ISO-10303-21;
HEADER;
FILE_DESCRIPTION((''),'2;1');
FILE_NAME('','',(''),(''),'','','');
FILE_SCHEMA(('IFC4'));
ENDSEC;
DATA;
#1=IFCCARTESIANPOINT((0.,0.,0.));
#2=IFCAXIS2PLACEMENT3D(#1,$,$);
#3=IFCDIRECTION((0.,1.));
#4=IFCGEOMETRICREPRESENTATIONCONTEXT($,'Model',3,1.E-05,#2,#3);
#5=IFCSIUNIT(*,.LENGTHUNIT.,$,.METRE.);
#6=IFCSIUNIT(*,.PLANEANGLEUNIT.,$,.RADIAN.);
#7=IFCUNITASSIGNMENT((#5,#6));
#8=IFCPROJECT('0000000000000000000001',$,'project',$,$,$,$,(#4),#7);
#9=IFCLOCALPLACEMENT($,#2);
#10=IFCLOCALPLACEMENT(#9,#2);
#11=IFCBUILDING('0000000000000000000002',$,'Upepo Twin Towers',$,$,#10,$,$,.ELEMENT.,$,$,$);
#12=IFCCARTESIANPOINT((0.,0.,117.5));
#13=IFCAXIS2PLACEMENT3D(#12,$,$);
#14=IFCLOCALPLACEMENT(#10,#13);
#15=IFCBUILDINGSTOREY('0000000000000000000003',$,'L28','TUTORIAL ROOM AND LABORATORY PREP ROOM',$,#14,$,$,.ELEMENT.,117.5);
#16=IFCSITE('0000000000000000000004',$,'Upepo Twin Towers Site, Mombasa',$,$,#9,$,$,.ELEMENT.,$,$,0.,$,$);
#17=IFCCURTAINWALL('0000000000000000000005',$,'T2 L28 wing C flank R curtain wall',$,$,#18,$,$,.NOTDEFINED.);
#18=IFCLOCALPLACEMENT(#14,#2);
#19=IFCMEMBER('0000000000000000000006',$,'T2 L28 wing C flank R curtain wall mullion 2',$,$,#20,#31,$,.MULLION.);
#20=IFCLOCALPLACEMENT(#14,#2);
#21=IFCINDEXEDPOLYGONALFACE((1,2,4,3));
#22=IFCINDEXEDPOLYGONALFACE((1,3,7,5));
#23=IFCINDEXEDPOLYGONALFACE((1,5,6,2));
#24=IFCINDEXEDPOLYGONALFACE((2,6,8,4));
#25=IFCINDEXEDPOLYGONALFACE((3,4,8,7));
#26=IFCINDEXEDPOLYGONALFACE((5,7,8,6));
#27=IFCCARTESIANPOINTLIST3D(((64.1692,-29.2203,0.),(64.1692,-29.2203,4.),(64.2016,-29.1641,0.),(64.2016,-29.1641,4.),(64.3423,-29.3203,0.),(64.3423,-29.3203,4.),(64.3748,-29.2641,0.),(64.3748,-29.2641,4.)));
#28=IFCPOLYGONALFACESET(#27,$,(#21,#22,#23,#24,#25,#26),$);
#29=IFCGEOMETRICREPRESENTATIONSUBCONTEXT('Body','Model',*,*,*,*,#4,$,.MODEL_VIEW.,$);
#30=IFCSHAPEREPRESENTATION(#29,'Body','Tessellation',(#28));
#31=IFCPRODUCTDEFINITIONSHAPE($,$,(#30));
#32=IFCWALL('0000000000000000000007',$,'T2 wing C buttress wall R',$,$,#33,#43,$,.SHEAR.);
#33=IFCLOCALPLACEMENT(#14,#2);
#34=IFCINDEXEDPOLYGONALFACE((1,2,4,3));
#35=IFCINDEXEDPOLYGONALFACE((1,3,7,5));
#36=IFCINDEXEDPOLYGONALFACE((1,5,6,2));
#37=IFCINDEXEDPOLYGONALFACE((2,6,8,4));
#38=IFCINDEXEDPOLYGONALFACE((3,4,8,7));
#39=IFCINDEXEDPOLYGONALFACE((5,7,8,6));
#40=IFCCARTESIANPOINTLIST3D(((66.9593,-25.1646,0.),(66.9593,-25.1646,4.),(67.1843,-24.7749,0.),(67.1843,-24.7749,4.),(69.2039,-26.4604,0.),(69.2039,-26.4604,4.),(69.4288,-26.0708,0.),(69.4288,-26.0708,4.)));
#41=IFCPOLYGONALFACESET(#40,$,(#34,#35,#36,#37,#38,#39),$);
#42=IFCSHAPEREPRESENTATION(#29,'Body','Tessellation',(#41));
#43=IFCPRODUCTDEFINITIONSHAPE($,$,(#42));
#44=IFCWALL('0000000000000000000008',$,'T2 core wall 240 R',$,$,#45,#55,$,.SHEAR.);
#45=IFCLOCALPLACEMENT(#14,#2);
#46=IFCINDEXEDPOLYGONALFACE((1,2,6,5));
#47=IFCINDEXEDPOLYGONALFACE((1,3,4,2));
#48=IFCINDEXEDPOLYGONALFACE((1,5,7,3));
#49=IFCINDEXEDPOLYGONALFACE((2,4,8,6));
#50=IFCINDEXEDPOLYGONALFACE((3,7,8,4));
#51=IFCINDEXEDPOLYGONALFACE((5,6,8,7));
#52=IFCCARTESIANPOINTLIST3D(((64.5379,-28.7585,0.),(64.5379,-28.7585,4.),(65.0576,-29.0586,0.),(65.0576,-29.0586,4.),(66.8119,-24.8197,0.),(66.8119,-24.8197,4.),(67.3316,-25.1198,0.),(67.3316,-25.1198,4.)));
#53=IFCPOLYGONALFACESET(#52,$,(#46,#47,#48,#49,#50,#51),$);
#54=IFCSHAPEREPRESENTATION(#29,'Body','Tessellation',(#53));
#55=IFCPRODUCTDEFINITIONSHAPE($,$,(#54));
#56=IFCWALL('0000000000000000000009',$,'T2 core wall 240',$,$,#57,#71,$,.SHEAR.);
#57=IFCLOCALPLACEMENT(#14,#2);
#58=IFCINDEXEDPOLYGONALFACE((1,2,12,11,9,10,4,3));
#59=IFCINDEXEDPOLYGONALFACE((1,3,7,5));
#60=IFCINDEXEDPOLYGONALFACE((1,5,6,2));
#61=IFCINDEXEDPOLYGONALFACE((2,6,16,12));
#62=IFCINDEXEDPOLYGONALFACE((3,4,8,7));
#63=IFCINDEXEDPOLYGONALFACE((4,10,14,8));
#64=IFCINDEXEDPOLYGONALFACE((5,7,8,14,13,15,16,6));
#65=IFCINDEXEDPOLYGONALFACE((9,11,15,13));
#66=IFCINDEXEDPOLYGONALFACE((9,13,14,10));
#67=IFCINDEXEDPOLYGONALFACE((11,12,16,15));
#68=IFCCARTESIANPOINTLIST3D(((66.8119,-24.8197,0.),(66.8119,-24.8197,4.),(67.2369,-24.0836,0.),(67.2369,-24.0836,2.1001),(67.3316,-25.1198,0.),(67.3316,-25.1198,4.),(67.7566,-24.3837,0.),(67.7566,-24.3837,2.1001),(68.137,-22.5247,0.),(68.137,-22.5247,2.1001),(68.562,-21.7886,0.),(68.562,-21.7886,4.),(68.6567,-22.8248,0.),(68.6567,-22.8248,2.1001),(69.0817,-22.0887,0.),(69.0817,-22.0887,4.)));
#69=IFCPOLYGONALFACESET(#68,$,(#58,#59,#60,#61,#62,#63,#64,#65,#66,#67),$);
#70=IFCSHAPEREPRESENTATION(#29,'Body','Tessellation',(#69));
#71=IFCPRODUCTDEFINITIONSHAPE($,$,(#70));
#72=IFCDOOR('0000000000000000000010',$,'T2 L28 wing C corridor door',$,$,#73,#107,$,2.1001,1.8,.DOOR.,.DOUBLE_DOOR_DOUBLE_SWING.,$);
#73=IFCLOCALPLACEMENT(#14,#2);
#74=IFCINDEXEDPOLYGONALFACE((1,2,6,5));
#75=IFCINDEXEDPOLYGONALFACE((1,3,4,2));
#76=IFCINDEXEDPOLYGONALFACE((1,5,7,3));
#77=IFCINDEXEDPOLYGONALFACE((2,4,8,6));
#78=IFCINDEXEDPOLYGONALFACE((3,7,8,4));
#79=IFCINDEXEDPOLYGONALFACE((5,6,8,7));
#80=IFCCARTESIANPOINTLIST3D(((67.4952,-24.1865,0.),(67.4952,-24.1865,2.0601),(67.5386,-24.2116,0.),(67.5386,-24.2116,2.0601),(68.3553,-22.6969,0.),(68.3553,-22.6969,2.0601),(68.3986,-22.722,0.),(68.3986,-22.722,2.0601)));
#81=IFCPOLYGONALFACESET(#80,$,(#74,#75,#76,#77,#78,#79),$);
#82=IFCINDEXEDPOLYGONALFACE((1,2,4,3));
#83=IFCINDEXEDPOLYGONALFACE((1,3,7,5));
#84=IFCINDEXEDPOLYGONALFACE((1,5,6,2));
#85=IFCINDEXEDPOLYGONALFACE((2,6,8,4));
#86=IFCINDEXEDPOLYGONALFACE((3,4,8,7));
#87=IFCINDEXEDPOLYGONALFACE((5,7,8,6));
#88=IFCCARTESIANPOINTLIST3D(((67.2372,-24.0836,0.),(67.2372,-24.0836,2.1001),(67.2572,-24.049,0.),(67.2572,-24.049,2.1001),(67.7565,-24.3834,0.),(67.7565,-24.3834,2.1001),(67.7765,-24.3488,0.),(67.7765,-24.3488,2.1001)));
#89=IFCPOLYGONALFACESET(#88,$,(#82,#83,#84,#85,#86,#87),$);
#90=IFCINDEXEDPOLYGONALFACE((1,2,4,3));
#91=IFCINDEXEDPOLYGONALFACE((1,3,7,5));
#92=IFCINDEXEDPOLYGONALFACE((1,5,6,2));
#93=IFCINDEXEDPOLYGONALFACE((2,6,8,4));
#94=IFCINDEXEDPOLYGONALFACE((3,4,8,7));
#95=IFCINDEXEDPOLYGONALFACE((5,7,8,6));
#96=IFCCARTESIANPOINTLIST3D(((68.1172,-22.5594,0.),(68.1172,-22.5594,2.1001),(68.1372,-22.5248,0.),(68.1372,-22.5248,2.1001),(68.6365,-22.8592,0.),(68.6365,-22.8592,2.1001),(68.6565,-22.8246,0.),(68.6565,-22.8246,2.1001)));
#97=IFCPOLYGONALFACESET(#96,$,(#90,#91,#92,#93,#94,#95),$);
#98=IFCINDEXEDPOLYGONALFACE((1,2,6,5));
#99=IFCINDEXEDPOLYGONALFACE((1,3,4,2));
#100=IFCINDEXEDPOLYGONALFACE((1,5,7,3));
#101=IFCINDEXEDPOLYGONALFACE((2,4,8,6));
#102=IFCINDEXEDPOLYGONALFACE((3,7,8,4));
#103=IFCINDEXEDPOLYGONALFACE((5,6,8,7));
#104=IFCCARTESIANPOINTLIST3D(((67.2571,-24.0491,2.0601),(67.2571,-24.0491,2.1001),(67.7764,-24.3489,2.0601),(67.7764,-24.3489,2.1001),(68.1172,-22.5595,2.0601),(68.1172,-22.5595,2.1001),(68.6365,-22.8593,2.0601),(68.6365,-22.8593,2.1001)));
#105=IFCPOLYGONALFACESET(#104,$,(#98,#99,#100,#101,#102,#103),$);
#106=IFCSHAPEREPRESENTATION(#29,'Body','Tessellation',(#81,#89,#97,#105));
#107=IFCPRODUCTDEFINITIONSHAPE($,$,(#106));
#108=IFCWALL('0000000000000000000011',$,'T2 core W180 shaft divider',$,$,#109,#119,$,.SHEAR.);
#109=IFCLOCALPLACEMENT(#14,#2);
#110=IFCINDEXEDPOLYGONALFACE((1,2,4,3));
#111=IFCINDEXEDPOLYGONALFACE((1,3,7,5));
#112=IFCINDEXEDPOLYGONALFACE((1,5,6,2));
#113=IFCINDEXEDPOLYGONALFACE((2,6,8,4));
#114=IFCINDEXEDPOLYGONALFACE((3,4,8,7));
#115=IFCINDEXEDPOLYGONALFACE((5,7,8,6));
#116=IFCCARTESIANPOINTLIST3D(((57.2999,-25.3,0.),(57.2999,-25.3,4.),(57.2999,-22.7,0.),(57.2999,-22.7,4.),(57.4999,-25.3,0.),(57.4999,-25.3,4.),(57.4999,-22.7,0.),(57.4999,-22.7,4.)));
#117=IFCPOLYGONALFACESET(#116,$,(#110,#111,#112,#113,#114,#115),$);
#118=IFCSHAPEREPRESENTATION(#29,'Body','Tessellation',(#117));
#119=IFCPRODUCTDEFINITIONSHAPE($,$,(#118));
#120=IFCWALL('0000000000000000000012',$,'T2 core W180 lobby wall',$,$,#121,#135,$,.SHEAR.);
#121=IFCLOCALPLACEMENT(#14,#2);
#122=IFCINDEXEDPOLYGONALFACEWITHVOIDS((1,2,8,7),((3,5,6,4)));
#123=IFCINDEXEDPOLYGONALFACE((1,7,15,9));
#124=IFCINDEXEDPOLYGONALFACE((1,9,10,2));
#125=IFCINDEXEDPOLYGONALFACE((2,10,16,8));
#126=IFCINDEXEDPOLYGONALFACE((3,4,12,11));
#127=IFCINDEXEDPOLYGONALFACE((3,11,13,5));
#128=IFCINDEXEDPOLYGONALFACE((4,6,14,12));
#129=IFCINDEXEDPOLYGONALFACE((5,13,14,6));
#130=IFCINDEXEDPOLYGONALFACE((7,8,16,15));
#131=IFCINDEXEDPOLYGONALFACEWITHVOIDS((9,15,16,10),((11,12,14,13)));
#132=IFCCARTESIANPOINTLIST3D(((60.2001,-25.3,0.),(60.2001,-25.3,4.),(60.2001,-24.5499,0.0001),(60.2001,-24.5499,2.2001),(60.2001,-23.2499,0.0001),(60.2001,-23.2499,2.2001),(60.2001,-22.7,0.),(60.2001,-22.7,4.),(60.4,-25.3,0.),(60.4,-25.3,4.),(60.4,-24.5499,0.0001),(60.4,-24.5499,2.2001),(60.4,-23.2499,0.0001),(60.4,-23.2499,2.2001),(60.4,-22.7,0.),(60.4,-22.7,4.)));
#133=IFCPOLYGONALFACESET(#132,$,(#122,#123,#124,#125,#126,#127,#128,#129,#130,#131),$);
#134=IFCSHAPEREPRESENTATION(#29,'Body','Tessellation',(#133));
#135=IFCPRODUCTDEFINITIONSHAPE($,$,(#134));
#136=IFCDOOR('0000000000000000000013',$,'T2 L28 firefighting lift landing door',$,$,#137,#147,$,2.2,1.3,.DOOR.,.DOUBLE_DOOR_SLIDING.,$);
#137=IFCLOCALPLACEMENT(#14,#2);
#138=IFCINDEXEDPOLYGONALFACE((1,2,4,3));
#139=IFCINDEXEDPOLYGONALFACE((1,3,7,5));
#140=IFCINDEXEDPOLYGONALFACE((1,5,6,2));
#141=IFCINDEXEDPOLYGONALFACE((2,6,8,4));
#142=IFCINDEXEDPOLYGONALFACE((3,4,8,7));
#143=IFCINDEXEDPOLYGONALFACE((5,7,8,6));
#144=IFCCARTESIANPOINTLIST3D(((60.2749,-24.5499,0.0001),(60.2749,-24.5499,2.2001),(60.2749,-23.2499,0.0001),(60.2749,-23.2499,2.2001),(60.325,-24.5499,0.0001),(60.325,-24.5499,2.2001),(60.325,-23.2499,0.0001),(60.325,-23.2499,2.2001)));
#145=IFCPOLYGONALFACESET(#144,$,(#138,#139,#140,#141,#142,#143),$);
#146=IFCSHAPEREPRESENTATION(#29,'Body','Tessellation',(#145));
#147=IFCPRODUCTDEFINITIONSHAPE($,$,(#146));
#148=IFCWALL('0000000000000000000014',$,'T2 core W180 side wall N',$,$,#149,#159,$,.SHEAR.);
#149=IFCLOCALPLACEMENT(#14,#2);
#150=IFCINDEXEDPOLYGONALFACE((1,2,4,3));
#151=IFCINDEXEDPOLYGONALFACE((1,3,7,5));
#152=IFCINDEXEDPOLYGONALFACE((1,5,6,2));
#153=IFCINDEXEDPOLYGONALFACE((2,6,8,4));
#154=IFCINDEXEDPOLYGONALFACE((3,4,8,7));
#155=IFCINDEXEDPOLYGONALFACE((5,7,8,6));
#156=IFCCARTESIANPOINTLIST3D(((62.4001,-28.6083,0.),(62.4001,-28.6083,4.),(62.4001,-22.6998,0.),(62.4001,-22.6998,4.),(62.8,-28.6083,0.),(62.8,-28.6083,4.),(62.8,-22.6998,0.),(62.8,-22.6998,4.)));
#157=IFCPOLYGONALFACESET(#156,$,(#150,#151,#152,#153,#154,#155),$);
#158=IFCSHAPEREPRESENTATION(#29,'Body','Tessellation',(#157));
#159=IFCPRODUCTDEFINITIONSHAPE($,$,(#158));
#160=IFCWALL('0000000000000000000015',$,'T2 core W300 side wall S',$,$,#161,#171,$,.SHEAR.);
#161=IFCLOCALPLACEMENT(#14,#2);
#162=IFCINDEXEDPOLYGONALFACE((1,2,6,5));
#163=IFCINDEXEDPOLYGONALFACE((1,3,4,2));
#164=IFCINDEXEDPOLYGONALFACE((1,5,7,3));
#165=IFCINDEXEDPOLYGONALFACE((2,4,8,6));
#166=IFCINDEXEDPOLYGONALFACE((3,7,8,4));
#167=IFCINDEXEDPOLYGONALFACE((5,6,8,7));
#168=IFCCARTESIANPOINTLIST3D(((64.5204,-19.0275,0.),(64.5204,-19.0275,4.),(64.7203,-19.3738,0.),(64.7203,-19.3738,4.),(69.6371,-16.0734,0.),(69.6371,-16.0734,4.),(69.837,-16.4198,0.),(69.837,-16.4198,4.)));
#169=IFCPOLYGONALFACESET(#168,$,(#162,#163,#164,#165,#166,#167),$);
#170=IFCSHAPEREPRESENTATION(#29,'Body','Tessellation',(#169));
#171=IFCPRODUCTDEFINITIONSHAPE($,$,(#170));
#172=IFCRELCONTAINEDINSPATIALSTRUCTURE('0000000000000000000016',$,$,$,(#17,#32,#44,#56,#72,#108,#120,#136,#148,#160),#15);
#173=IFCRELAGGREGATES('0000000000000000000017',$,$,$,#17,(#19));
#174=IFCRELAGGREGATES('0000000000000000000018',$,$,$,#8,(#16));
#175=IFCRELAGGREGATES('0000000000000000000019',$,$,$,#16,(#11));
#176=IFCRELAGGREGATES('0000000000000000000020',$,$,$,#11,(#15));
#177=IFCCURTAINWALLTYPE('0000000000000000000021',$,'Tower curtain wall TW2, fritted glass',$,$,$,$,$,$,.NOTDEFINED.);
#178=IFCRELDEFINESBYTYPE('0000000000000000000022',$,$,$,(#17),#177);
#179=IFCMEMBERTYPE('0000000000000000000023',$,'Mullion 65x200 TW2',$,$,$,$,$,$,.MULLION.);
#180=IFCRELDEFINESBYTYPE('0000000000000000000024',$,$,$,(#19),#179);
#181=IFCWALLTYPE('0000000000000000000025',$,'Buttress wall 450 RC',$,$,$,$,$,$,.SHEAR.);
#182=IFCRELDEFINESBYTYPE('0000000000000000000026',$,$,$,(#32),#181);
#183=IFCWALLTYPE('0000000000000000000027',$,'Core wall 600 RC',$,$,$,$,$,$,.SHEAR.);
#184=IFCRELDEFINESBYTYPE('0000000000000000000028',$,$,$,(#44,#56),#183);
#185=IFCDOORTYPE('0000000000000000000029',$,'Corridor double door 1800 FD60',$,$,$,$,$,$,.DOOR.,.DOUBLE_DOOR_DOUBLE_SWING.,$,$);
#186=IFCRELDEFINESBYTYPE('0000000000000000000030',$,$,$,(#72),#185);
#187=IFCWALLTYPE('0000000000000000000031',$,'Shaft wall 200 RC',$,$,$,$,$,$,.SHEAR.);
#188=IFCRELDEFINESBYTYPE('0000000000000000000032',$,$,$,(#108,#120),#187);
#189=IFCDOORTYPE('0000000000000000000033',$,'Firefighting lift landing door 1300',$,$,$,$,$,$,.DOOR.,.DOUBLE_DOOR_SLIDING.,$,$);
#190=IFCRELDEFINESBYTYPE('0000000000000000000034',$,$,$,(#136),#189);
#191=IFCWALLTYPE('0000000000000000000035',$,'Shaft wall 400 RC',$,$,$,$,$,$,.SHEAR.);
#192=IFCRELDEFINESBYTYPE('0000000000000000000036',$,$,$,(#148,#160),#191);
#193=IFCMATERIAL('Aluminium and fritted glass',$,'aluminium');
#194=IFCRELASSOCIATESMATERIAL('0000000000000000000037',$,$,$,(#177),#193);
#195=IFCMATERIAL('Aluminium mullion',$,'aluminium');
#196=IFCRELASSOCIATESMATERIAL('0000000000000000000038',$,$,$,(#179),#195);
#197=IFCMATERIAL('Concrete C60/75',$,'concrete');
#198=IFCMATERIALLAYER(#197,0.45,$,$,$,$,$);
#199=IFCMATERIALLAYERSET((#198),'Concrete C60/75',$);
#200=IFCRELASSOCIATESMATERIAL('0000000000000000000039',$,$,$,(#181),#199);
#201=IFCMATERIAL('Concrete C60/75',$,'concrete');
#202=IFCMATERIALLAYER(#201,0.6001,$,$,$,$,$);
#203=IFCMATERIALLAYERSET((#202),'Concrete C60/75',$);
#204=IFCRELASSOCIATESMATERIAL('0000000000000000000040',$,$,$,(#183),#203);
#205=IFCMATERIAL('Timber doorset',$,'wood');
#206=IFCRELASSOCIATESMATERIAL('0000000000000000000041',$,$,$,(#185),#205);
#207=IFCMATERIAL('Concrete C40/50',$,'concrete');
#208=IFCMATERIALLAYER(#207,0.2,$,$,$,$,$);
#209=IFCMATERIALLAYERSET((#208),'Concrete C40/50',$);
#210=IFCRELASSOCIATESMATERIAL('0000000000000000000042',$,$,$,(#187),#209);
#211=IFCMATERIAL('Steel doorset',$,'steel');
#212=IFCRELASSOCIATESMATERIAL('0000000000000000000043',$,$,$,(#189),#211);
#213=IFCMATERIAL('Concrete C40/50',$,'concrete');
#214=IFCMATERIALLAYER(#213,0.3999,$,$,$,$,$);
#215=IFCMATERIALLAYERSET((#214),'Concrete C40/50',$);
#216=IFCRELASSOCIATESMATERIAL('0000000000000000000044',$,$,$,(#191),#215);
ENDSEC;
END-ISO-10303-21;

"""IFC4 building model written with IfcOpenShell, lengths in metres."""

from ifc_helpers import new_model, si_unit, direction, frame, frame_2d, origin, origin_2d, place, context, subcontext, project, spatial, rectangle, extrude, material, layer, layer_set, material_profile, profile_set, type_object, element, fill, aggregate, save


model = new_model("IFC4")

# Units and contexts
model_context = context("Model", 3, precision=1e-05, world=origin(), true_north=direction((0.0, 1.0)))
body_context = subcontext(model_context, "Body", "Model", "MODEL_VIEW")
ifc_project = project(units=[si_unit("LENGTHUNIT", "METRE"), si_unit("PLANEANGLEUNIT", "RADIAN")], contexts=[model_context])

# Site, building, storey
site_placement = place(None, origin())
site = spatial("IfcSite", under=ifc_project, at=site_placement, Name="Upepo Twin Towers Site, Mombasa", CompositionType="ELEMENT", RefElevation=0.0)
building_placement = place(site_placement, origin())
building = spatial("IfcBuilding", under=site, at=building_placement, Name="Upepo Twin Towers", CompositionType="ELEMENT")
storey_placement = place(building_placement, frame((0.0, 0.0, 117.5)))
storey = spatial("IfcBuildingStorey", under=building, at=storey_placement, Name="L28", Description="TUTORIAL ROOM AND LABORATORY PREP ROOM", CompositionType="ELEMENT", Elevation=117.5)

# Curtain wall, member
ifc_material_1 = material(Name="Aluminium and fritted glass", Category="aluminium")
curtain_wall_type = type_object("IfcCurtainWallType", Name="Tower curtain wall TW2, fritted glass", PredefinedType="NOTDEFINED", material=ifc_material_1)
curtain_wall_placement = place(storey_placement, origin())
curtain_wall = element("IfcCurtainWall", 1, at=curtain_wall_placement, inside=storey, type_object=curtain_wall_type, Name="T2 L28 wing C flank R curtain wall", PredefinedType="NOTDEFINED")
ifc_material_2 = material(Name="Aluminium mullion", Category="aluminium")
ifc_material_profile = material_profile(ifc_material_2, rectangle(XDim=0.0649, YDim=0.2, at=origin_2d()), Name="MULLION 65x200")
ifc_profile_set = profile_set([ifc_material_profile], Name="Aluminium mullion")
member_type = type_object("IfcMemberType", Name="Mullion 65x200 TW2", PredefinedType="MULLION", material=ifc_profile_set)
member_placement = place(storey_placement, frame((64.272, -29.2422, 0.0), z_axis=(0.0, 0.0, 1.0), x_axis=(-0.5, -0.866025, 0.0)))
member = element("IfcMember", 2, at=member_placement, type_object=member_type, Name="T2 L28 wing C flank R curtain wall mullion 2", PredefinedType="MULLION", context=body_context, shape_type="SweptSolid", body=[
    extrude(rectangle(XDim=0.0649, YDim=0.2, at=origin_2d()), origin(), (0.0, 0.0, 1.0), 4.0),
])
aggregate(curtain_wall, [member])

# Walls
ifc_material_3 = material(Name="Concrete C60/75", Category="concrete")
ifc_layer_1 = layer(ifc_material_3, 0.45)
ifc_layer_set_1 = layer_set([ifc_layer_1], Name="Concrete C60/75")
wall_type_1 = type_object("IfcWallType", Name="Buttress wall 450 RC", PredefinedType="SHEAR", material=ifc_layer_set_1)
wall_1_placement = place(storey_placement, frame((67.0718, -24.9697, 0.0), z_axis=(0.0, 0.0, 1.0), x_axis=(0.866032, -0.499989, 0.0)))
element("IfcWall", 3, at=wall_1_placement, inside=storey, type_object=wall_type_1, Name="T2 wing C buttress wall R", PredefinedType="SHEAR", context=body_context, shape_type="SweptSolid", body=[
    extrude(rectangle(XDim=2.5918, YDim=0.45, at=frame_2d((1.2959, 0.0))), origin(), (0.0, 0.0, 1.0), 4.0),
])
ifc_material_4 = material(Name="Concrete C60/75", Category="concrete")
ifc_layer_2 = layer(ifc_material_4, 0.6001)
ifc_layer_set_2 = layer_set([ifc_layer_2], Name="Concrete C60/75")
wall_type_2 = type_object("IfcWallType", Name="Core wall 600 RC", PredefinedType="SHEAR", material=ifc_layer_set_2)
wall_2_placement = place(storey_placement, frame((64.7979, -28.9084, 0.0), z_axis=(0.0, 0.0, 1.0), x_axis=(0.499984, 0.866035, 0.0)))
element("IfcWall", 4, at=wall_2_placement, inside=storey, type_object=wall_type_2, Name="T2 core wall 240 R", PredefinedType="SHEAR", context=body_context, shape_type="SweptSolid", body=[
    extrude(rectangle(XDim=4.5481, YDim=0.6001, at=frame_2d((2.2739, 0.0))), origin(), (0.0, 0.0, 1.0), 4.0),
])

# Wall, opening, door
wall_3_placement = place(storey_placement, frame((67.0718, -24.9697, 0.0), z_axis=(0.0, 0.0, 1.0), x_axis=(0.50001, 0.866019, 0.0)))
wall_3 = element("IfcWall", 5, at=wall_3_placement, inside=storey, type_object=wall_type_2, Name="T2 core wall 240", PredefinedType="SHEAR", context=body_context, shape_type="SweptSolid", body=[
    extrude(rectangle(XDim=3.5, YDim=0.6001, at=frame_2d((1.75, 0.0))), origin(), (0.0, 0.0, 1.0), 4.0),
])
opening_1_placement = place(wall_3_placement, frame((0.8501, 0.0, 0.0)))
opening_1 = element("IfcOpeningElement", 6, at=opening_1_placement, cuts=wall_3, PredefinedType="OPENING", context=body_context, shape_type="SweptSolid", body=[
    extrude(rectangle(XDim=1.8, YDim=2.1001, at=frame_2d((0.8999, 1.05))), frame((0.0, 0.3101, 0.0), z_axis=(0.0, -1.0, 0.0), x_axis=(1.0, 0.0, 0.0)), (0.0, 0.0, 1.0), 0.6201),
])
ifc_material_5 = material(Name="Timber doorset", Category="wood")
door_type_1 = type_object("IfcDoorType", Name="Corridor double door 1800 FD60", OperationType="DOUBLE_DOOR_DOUBLE_SWING", PredefinedType="DOOR", material=ifc_material_5)
door_1_placement = place(opening_1_placement, origin())
door_1 = element("IfcDoor", 7, at=door_1_placement, inside=storey, type_object=door_type_1, Name="T2 L28 wing C corridor door", OperationType="DOUBLE_DOOR_DOUBLE_SWING", OverallHeight=2.1001, OverallWidth=1.8, PredefinedType="DOOR", context=body_context, shape_type="SweptSolid", body=[
    extrude(rectangle(XDim=1.72, YDim=2.0601, at=frame_2d((0.8999, 1.03))), frame((0.0, 0.0249, 0.0), z_axis=(0.0, -1.0, 0.0), x_axis=(1.0, 0.0, 0.0)), (0.0, 0.0, 1.0), 0.05),
    extrude(rectangle(XDim=0.04, YDim=2.1001, at=frame_2d((0.02, 1.05))), frame((0.0, 0.2998, 0.0), z_axis=(0.0, -1.0, 0.0), x_axis=(1.0, 0.0, 0.0)), (0.0, 0.0, 1.0), 0.5996),
    extrude(rectangle(XDim=0.04, YDim=2.1001, at=frame_2d((1.78, 1.05))), frame((0.0, 0.2998, 0.0), z_axis=(0.0, -1.0, 0.0), x_axis=(1.0, 0.0, 0.0)), (0.0, 0.0, 1.0), 0.5996),
    extrude(rectangle(XDim=1.72, YDim=0.04, at=frame_2d((0.8999, 2.0801))), frame((0.0, 0.2998, 0.0), z_axis=(0.0, -1.0, 0.0), x_axis=(1.0, 0.0, 0.0)), (0.0, 0.0, 1.0), 0.5996),
])
fill(opening_1, door_1)

# Wall
ifc_material_6 = material(Name="Concrete C40/50", Category="concrete")
ifc_layer_3 = layer(ifc_material_6, 0.2)
ifc_layer_set_3 = layer_set([ifc_layer_3], Name="Concrete C40/50")
wall_type_3 = type_object("IfcWallType", Name="Shaft wall 200 RC", PredefinedType="SHEAR", material=ifc_layer_set_3)
wall_4_placement = place(storey_placement, frame((57.3999, -22.7, 0.0), z_axis=(0.0, 0.0, 1.0), x_axis=(0.0, -1.0, 0.0)))
element("IfcWall", 8, at=wall_4_placement, inside=storey, type_object=wall_type_3, Name="T2 core W180 shaft divider", PredefinedType="SHEAR", context=body_context, shape_type="SweptSolid", body=[
    extrude(rectangle(XDim=2.6001, YDim=0.2, at=frame_2d((1.3, 0.0))), origin(), (0.0, 0.0, 1.0), 4.0),
])

# Wall, opening, door
wall_5_placement = place(storey_placement, frame((60.3, -22.7, 0.0), z_axis=(0.0, 0.0, 1.0), x_axis=(0.0, -1.0, 0.0)))
wall_5 = element("IfcWall", 9, at=wall_5_placement, inside=storey, type_object=wall_type_3, Name="T2 core W180 lobby wall", PredefinedType="SHEAR", context=body_context, shape_type="SweptSolid", body=[
    extrude(rectangle(XDim=2.6001, YDim=0.2, at=frame_2d((1.3, 0.0))), origin(), (0.0, 0.0, 1.0), 4.0),
])
opening_2_placement = place(wall_5_placement, frame((0.55, 0.0, 0.0)))
opening_2 = element("IfcOpeningElement", 10, at=opening_2_placement, cuts=wall_5, PredefinedType="OPENING", context=body_context, shape_type="SweptSolid", body=[
    extrude(rectangle(XDim=1.3, YDim=2.2, at=frame_2d((0.6499, 1.1001))), frame((0.0, 0.1099, 0.0), z_axis=(0.0, -1.0, 0.0), x_axis=(1.0, 0.0, 0.0)), (0.0, 0.0, 1.0), 0.22),
])
ifc_material_7 = material(Name="Steel doorset", Category="steel")
door_type_2 = type_object("IfcDoorType", Name="Firefighting lift landing door 1300", OperationType="DOUBLE_DOOR_SLIDING", PredefinedType="DOOR", material=ifc_material_7)
door_2_placement = place(opening_2_placement, origin())
door_2 = element("IfcDoor", 11, at=door_2_placement, inside=storey, type_object=door_type_2, Name="T2 L28 firefighting lift landing door", OperationType="DOUBLE_DOOR_SLIDING", OverallHeight=2.2, OverallWidth=1.3, PredefinedType="DOOR", context=body_context, shape_type="SweptSolid", body=[
    extrude(rectangle(XDim=1.3, YDim=2.2, at=frame_2d((0.6499, 1.1001))), frame((0.0, 0.0249, 0.0), z_axis=(0.0, -1.0, 0.0), x_axis=(1.0, 0.0, 0.0)), (0.0, 0.0, 1.0), 0.05),
])
fill(opening_2, door_2)

# Walls
ifc_material_8 = material(Name="Concrete C40/50", Category="concrete")
ifc_layer_4 = layer(ifc_material_8, 0.3999)
ifc_layer_set_4 = layer_set([ifc_layer_4], Name="Concrete C40/50")
wall_type_4 = type_object("IfcWallType", Name="Shaft wall 400 RC", PredefinedType="SHEAR", material=ifc_layer_set_4)
wall_6_placement = place(storey_placement, frame((62.6001, -22.7, 0.0), z_axis=(0.0, 0.0, 1.0), x_axis=(0.0, -1.0, 0.0)))
element("IfcWall", 12, at=wall_6_placement, inside=storey, type_object=wall_type_4, Name="T2 core W180 side wall N", PredefinedType="SHEAR", context=body_context, shape_type="SweptSolid", body=[
    extrude(rectangle(XDim=5.9084, YDim=0.3999, at=frame_2d((2.9541, 0.0))), origin(), (0.0, 0.0, 1.0), 4.0),
])
wall_7_placement = place(storey_placement, frame((64.6204, -19.2007, 0.0), z_axis=(0.0, 0.0, 1.0), x_axis=(0.866027, 0.499997, 0.0)))
element("IfcWall", 13, at=wall_7_placement, inside=storey, type_object=wall_type_4, Name="T2 core W300 side wall S", PredefinedType="SHEAR", context=body_context, shape_type="SweptSolid", body=[
    extrude(rectangle(XDim=5.9082, YDim=0.3999, at=frame_2d((2.9541, 0.0))), origin(), (0.0, 0.0, 1.0), 4.0),
])

save(model, "model.ifc")
